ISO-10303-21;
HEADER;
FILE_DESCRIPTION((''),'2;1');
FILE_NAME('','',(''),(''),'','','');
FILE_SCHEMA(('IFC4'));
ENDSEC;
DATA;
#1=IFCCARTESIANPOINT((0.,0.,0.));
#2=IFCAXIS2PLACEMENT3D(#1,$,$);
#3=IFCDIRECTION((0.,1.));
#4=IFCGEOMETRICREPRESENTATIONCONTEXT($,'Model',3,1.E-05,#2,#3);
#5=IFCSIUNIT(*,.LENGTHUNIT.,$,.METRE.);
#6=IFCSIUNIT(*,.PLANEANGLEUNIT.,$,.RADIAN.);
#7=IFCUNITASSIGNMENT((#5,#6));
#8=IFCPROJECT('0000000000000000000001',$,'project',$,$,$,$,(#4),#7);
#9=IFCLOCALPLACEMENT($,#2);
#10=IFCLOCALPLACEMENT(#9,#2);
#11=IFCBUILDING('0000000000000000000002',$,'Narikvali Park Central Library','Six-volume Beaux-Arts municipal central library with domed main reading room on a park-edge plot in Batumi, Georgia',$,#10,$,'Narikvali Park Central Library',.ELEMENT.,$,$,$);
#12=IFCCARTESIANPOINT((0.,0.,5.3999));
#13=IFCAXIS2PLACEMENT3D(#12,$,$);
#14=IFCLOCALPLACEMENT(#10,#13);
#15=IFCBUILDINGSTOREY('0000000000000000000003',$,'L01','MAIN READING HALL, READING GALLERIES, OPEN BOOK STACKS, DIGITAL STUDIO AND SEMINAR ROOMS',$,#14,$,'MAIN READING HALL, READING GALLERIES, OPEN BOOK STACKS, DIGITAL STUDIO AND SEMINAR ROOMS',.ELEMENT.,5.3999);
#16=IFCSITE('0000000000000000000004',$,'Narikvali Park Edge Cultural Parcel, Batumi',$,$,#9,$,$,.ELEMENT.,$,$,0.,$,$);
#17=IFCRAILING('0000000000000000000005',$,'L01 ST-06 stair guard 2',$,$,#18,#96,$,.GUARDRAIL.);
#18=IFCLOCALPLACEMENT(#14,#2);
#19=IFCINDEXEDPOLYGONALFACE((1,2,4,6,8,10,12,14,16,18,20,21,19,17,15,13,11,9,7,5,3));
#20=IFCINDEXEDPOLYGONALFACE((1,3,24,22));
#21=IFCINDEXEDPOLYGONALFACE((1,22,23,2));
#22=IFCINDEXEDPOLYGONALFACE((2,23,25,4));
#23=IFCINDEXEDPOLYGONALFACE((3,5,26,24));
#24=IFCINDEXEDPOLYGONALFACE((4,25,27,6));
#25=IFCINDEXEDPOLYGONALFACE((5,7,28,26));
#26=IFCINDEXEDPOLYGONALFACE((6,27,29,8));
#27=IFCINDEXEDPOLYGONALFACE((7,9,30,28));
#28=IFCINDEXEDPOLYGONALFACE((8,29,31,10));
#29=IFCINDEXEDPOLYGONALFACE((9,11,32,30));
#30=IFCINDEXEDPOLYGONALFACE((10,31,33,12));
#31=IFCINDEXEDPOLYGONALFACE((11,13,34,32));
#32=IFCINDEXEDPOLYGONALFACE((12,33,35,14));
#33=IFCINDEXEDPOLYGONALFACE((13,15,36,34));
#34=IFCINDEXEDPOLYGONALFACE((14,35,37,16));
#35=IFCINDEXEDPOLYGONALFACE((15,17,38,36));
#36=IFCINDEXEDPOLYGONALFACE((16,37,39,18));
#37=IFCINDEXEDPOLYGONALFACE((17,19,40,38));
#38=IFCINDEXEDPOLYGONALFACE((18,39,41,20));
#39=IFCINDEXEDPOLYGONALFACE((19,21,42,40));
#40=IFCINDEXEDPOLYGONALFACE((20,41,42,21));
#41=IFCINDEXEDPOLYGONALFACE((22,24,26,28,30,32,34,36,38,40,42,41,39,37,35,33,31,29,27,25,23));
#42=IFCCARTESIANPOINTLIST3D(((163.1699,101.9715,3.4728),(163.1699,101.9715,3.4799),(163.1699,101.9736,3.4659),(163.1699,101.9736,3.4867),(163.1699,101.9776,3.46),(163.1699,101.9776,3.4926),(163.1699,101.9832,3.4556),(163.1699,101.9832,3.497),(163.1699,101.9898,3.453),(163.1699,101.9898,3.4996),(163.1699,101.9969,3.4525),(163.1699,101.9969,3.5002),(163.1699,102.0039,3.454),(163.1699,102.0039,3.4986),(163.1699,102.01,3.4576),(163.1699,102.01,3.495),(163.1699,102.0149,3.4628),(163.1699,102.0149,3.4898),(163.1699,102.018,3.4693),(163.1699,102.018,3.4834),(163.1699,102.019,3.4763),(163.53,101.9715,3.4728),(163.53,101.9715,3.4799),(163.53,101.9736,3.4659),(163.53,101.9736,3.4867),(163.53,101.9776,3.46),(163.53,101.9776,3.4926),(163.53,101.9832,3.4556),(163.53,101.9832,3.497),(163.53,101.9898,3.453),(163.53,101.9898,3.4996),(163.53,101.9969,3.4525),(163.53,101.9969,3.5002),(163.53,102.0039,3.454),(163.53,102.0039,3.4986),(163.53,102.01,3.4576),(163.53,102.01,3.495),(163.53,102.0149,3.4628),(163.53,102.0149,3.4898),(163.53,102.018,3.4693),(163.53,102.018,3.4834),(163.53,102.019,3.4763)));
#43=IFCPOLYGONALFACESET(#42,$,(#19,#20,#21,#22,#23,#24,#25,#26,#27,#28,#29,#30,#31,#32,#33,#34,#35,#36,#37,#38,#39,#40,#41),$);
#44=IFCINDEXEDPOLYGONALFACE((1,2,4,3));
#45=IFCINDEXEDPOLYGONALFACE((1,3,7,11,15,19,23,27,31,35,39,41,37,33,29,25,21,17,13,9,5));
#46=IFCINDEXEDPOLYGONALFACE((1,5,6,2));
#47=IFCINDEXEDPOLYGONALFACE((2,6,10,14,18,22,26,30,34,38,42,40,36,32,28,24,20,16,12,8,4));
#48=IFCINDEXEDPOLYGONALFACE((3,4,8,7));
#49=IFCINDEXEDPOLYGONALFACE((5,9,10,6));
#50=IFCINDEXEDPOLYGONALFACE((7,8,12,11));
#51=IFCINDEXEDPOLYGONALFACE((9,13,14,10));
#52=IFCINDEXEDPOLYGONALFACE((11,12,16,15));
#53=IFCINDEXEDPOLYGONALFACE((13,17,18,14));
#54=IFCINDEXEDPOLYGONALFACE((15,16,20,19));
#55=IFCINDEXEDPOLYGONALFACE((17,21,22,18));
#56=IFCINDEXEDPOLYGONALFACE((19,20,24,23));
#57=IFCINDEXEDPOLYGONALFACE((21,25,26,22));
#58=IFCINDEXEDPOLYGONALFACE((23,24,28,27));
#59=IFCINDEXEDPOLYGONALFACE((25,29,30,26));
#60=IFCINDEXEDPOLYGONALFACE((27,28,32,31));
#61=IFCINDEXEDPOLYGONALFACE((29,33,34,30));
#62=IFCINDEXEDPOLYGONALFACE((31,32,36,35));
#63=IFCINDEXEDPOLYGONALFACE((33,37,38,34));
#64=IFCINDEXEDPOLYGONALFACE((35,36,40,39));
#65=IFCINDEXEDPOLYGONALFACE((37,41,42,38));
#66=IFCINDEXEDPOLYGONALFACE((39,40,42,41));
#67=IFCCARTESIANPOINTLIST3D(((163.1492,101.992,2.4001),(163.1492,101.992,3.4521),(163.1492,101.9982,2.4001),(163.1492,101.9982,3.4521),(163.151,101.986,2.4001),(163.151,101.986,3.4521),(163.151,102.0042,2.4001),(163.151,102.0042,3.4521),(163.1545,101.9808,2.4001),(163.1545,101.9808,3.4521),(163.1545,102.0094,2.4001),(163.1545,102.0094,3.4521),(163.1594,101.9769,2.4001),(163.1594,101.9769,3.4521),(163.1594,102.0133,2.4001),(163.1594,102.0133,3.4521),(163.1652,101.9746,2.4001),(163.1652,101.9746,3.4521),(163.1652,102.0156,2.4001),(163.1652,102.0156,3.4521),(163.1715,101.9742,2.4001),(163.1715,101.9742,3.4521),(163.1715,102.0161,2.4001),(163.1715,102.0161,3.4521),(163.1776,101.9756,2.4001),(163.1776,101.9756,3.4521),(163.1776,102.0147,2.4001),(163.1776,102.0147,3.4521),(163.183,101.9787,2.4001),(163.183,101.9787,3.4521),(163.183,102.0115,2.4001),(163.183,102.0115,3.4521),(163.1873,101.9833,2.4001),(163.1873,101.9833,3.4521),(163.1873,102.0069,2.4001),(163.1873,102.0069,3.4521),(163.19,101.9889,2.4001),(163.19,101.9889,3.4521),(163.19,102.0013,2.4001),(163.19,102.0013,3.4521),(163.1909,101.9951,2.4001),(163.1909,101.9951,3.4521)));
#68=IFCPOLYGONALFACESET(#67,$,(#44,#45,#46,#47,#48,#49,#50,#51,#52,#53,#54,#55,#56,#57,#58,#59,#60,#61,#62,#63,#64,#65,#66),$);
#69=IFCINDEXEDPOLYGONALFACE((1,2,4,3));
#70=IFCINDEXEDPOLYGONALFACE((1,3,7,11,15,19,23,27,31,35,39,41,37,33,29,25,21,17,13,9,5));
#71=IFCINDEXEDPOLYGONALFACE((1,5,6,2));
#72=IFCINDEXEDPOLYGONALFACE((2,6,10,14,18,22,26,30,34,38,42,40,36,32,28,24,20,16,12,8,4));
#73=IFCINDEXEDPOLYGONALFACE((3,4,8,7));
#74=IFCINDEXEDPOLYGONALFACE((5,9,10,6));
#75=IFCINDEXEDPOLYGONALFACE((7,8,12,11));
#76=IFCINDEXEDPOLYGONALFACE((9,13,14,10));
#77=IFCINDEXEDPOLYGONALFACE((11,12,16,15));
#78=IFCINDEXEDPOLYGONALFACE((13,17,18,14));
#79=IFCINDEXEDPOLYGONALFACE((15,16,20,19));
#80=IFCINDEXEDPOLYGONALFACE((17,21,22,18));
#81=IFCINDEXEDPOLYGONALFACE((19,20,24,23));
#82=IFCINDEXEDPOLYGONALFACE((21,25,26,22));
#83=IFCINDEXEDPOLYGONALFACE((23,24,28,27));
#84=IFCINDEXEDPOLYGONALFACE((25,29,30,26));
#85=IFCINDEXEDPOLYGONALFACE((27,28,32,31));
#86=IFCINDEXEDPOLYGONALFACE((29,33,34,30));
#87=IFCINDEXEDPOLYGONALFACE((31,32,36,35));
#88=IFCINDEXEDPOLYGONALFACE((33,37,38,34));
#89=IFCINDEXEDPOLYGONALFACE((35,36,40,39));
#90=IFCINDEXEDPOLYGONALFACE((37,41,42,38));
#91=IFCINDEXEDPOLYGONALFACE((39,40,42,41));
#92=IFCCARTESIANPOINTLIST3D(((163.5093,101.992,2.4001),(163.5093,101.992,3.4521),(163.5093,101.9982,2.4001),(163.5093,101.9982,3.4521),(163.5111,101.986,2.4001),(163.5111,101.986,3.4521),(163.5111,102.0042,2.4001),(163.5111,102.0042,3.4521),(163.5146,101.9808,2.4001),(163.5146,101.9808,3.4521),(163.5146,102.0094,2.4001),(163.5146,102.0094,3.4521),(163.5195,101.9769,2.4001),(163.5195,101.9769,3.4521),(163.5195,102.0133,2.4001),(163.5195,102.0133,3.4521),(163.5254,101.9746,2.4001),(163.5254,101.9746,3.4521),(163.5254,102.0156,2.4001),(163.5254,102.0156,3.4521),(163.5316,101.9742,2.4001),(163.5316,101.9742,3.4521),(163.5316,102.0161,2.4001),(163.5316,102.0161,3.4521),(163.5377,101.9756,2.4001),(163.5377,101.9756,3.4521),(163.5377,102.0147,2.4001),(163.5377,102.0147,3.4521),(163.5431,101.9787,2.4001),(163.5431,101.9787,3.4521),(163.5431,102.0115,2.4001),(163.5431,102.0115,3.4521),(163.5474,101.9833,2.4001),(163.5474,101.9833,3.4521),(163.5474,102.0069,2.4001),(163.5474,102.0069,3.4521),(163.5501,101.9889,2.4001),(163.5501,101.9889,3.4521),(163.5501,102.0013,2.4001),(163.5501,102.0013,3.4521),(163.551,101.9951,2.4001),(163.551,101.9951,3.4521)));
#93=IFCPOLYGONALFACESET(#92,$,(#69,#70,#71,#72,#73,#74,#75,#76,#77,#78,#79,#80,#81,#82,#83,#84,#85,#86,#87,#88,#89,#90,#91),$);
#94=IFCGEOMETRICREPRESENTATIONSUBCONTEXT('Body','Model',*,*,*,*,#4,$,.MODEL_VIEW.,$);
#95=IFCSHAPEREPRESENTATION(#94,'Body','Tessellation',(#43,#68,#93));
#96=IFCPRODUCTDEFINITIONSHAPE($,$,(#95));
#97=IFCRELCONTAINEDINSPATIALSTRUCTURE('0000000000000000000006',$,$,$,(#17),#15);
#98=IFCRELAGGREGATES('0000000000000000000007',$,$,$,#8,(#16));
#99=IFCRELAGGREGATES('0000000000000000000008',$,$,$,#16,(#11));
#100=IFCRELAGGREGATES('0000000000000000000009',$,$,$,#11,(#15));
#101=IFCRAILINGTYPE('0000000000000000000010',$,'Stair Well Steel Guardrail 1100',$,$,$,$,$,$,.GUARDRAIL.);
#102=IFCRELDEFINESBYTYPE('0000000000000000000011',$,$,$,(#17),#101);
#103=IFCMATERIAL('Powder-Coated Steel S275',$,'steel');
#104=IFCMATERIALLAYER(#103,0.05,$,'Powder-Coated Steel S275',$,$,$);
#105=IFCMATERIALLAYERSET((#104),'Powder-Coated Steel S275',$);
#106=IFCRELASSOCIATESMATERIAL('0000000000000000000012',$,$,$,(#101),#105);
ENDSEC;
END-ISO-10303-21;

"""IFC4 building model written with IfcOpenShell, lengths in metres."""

from ifc_helpers import new_model, si_unit, direction, frame, origin, origin_2d, place, context, subcontext, project, spatial, circle, extrude, material, layer, layer_set, type_object, element, save


model = new_model("IFC4")

# Units and contexts
model_context = context("Model", 3, precision=1e-05, world=origin(), true_north=direction((0.0, 1.0)))
body_context = subcontext(model_context, "Body", "Model", "MODEL_VIEW")
ifc_project = project(units=[si_unit("LENGTHUNIT", "METRE"), si_unit("PLANEANGLEUNIT", "RADIAN")], contexts=[model_context])

# Site, building, storey
site_placement = place(None, origin())
site = spatial("IfcSite", under=ifc_project, at=site_placement, Name="Narikvali Park Edge Cultural Parcel, Batumi", CompositionType="ELEMENT", RefElevation=0.0)
building_placement = place(site_placement, origin())
building = spatial("IfcBuilding", under=site, at=building_placement, Name="Narikvali Park Central Library", Description="Six-volume Beaux-Arts municipal central library with domed main reading room on a park-edge plot in Batumi, Georgia", LongName="Narikvali Park Central Library", CompositionType="ELEMENT")
storey_placement = place(building_placement, frame((0.0, 0.0, 5.3999)))
storey = spatial("IfcBuildingStorey", under=building, at=storey_placement, Name="L01", Description="MAIN READING HALL, READING GALLERIES, OPEN BOOK STACKS, DIGITAL STUDIO AND SEMINAR ROOMS", LongName="MAIN READING HALL, READING GALLERIES, OPEN BOOK STACKS, DIGITAL STUDIO AND SEMINAR ROOMS", CompositionType="ELEMENT", Elevation=5.3999)

# Railing
ifc_material_1 = material(Name="Powder-Coated Steel S275", Category="steel")
ifc_layer_1 = layer(ifc_material_1, 0.05, Name="Powder-Coated Steel S275")
ifc_layer_set_1 = layer_set([ifc_layer_1], Name="Powder-Coated Steel S275")
railing_type_1 = type_object("IfcRailingType", Name="Stair Well Steel Guardrail 1100", PredefinedType="GUARDRAIL", material=ifc_layer_set_1)
railing_1_placement = place(storey_placement, frame((163.1699, 101.9951, 2.4001)))
element("IfcRailing", 1, at=railing_1_placement, inside=storey, type_object=railing_type_1, Name="L01 ST-06 stair guard 2", PredefinedType="GUARDRAIL", context=body_context, shape_type="SweptSolid", body=[
    extrude(circle(Radius=0.0239, at=origin_2d()), frame((0.0, 0.0, 1.0762), z_axis=(1.0, 0.0, 0.0), x_axis=(0.0, 1.0, 0.0)), (0.0, 0.0, 1.0), 0.3601),
    extrude(circle(Radius=0.021, at=origin_2d()), origin(), (0.0, 0.0, 1.0), 1.052),
    extrude(circle(Radius=0.021, at=origin_2d()), frame((0.3601, 0.0, 0.0)), (0.0, 0.0, 1.0), 1.052),
])

save(model, "model.ifc")
